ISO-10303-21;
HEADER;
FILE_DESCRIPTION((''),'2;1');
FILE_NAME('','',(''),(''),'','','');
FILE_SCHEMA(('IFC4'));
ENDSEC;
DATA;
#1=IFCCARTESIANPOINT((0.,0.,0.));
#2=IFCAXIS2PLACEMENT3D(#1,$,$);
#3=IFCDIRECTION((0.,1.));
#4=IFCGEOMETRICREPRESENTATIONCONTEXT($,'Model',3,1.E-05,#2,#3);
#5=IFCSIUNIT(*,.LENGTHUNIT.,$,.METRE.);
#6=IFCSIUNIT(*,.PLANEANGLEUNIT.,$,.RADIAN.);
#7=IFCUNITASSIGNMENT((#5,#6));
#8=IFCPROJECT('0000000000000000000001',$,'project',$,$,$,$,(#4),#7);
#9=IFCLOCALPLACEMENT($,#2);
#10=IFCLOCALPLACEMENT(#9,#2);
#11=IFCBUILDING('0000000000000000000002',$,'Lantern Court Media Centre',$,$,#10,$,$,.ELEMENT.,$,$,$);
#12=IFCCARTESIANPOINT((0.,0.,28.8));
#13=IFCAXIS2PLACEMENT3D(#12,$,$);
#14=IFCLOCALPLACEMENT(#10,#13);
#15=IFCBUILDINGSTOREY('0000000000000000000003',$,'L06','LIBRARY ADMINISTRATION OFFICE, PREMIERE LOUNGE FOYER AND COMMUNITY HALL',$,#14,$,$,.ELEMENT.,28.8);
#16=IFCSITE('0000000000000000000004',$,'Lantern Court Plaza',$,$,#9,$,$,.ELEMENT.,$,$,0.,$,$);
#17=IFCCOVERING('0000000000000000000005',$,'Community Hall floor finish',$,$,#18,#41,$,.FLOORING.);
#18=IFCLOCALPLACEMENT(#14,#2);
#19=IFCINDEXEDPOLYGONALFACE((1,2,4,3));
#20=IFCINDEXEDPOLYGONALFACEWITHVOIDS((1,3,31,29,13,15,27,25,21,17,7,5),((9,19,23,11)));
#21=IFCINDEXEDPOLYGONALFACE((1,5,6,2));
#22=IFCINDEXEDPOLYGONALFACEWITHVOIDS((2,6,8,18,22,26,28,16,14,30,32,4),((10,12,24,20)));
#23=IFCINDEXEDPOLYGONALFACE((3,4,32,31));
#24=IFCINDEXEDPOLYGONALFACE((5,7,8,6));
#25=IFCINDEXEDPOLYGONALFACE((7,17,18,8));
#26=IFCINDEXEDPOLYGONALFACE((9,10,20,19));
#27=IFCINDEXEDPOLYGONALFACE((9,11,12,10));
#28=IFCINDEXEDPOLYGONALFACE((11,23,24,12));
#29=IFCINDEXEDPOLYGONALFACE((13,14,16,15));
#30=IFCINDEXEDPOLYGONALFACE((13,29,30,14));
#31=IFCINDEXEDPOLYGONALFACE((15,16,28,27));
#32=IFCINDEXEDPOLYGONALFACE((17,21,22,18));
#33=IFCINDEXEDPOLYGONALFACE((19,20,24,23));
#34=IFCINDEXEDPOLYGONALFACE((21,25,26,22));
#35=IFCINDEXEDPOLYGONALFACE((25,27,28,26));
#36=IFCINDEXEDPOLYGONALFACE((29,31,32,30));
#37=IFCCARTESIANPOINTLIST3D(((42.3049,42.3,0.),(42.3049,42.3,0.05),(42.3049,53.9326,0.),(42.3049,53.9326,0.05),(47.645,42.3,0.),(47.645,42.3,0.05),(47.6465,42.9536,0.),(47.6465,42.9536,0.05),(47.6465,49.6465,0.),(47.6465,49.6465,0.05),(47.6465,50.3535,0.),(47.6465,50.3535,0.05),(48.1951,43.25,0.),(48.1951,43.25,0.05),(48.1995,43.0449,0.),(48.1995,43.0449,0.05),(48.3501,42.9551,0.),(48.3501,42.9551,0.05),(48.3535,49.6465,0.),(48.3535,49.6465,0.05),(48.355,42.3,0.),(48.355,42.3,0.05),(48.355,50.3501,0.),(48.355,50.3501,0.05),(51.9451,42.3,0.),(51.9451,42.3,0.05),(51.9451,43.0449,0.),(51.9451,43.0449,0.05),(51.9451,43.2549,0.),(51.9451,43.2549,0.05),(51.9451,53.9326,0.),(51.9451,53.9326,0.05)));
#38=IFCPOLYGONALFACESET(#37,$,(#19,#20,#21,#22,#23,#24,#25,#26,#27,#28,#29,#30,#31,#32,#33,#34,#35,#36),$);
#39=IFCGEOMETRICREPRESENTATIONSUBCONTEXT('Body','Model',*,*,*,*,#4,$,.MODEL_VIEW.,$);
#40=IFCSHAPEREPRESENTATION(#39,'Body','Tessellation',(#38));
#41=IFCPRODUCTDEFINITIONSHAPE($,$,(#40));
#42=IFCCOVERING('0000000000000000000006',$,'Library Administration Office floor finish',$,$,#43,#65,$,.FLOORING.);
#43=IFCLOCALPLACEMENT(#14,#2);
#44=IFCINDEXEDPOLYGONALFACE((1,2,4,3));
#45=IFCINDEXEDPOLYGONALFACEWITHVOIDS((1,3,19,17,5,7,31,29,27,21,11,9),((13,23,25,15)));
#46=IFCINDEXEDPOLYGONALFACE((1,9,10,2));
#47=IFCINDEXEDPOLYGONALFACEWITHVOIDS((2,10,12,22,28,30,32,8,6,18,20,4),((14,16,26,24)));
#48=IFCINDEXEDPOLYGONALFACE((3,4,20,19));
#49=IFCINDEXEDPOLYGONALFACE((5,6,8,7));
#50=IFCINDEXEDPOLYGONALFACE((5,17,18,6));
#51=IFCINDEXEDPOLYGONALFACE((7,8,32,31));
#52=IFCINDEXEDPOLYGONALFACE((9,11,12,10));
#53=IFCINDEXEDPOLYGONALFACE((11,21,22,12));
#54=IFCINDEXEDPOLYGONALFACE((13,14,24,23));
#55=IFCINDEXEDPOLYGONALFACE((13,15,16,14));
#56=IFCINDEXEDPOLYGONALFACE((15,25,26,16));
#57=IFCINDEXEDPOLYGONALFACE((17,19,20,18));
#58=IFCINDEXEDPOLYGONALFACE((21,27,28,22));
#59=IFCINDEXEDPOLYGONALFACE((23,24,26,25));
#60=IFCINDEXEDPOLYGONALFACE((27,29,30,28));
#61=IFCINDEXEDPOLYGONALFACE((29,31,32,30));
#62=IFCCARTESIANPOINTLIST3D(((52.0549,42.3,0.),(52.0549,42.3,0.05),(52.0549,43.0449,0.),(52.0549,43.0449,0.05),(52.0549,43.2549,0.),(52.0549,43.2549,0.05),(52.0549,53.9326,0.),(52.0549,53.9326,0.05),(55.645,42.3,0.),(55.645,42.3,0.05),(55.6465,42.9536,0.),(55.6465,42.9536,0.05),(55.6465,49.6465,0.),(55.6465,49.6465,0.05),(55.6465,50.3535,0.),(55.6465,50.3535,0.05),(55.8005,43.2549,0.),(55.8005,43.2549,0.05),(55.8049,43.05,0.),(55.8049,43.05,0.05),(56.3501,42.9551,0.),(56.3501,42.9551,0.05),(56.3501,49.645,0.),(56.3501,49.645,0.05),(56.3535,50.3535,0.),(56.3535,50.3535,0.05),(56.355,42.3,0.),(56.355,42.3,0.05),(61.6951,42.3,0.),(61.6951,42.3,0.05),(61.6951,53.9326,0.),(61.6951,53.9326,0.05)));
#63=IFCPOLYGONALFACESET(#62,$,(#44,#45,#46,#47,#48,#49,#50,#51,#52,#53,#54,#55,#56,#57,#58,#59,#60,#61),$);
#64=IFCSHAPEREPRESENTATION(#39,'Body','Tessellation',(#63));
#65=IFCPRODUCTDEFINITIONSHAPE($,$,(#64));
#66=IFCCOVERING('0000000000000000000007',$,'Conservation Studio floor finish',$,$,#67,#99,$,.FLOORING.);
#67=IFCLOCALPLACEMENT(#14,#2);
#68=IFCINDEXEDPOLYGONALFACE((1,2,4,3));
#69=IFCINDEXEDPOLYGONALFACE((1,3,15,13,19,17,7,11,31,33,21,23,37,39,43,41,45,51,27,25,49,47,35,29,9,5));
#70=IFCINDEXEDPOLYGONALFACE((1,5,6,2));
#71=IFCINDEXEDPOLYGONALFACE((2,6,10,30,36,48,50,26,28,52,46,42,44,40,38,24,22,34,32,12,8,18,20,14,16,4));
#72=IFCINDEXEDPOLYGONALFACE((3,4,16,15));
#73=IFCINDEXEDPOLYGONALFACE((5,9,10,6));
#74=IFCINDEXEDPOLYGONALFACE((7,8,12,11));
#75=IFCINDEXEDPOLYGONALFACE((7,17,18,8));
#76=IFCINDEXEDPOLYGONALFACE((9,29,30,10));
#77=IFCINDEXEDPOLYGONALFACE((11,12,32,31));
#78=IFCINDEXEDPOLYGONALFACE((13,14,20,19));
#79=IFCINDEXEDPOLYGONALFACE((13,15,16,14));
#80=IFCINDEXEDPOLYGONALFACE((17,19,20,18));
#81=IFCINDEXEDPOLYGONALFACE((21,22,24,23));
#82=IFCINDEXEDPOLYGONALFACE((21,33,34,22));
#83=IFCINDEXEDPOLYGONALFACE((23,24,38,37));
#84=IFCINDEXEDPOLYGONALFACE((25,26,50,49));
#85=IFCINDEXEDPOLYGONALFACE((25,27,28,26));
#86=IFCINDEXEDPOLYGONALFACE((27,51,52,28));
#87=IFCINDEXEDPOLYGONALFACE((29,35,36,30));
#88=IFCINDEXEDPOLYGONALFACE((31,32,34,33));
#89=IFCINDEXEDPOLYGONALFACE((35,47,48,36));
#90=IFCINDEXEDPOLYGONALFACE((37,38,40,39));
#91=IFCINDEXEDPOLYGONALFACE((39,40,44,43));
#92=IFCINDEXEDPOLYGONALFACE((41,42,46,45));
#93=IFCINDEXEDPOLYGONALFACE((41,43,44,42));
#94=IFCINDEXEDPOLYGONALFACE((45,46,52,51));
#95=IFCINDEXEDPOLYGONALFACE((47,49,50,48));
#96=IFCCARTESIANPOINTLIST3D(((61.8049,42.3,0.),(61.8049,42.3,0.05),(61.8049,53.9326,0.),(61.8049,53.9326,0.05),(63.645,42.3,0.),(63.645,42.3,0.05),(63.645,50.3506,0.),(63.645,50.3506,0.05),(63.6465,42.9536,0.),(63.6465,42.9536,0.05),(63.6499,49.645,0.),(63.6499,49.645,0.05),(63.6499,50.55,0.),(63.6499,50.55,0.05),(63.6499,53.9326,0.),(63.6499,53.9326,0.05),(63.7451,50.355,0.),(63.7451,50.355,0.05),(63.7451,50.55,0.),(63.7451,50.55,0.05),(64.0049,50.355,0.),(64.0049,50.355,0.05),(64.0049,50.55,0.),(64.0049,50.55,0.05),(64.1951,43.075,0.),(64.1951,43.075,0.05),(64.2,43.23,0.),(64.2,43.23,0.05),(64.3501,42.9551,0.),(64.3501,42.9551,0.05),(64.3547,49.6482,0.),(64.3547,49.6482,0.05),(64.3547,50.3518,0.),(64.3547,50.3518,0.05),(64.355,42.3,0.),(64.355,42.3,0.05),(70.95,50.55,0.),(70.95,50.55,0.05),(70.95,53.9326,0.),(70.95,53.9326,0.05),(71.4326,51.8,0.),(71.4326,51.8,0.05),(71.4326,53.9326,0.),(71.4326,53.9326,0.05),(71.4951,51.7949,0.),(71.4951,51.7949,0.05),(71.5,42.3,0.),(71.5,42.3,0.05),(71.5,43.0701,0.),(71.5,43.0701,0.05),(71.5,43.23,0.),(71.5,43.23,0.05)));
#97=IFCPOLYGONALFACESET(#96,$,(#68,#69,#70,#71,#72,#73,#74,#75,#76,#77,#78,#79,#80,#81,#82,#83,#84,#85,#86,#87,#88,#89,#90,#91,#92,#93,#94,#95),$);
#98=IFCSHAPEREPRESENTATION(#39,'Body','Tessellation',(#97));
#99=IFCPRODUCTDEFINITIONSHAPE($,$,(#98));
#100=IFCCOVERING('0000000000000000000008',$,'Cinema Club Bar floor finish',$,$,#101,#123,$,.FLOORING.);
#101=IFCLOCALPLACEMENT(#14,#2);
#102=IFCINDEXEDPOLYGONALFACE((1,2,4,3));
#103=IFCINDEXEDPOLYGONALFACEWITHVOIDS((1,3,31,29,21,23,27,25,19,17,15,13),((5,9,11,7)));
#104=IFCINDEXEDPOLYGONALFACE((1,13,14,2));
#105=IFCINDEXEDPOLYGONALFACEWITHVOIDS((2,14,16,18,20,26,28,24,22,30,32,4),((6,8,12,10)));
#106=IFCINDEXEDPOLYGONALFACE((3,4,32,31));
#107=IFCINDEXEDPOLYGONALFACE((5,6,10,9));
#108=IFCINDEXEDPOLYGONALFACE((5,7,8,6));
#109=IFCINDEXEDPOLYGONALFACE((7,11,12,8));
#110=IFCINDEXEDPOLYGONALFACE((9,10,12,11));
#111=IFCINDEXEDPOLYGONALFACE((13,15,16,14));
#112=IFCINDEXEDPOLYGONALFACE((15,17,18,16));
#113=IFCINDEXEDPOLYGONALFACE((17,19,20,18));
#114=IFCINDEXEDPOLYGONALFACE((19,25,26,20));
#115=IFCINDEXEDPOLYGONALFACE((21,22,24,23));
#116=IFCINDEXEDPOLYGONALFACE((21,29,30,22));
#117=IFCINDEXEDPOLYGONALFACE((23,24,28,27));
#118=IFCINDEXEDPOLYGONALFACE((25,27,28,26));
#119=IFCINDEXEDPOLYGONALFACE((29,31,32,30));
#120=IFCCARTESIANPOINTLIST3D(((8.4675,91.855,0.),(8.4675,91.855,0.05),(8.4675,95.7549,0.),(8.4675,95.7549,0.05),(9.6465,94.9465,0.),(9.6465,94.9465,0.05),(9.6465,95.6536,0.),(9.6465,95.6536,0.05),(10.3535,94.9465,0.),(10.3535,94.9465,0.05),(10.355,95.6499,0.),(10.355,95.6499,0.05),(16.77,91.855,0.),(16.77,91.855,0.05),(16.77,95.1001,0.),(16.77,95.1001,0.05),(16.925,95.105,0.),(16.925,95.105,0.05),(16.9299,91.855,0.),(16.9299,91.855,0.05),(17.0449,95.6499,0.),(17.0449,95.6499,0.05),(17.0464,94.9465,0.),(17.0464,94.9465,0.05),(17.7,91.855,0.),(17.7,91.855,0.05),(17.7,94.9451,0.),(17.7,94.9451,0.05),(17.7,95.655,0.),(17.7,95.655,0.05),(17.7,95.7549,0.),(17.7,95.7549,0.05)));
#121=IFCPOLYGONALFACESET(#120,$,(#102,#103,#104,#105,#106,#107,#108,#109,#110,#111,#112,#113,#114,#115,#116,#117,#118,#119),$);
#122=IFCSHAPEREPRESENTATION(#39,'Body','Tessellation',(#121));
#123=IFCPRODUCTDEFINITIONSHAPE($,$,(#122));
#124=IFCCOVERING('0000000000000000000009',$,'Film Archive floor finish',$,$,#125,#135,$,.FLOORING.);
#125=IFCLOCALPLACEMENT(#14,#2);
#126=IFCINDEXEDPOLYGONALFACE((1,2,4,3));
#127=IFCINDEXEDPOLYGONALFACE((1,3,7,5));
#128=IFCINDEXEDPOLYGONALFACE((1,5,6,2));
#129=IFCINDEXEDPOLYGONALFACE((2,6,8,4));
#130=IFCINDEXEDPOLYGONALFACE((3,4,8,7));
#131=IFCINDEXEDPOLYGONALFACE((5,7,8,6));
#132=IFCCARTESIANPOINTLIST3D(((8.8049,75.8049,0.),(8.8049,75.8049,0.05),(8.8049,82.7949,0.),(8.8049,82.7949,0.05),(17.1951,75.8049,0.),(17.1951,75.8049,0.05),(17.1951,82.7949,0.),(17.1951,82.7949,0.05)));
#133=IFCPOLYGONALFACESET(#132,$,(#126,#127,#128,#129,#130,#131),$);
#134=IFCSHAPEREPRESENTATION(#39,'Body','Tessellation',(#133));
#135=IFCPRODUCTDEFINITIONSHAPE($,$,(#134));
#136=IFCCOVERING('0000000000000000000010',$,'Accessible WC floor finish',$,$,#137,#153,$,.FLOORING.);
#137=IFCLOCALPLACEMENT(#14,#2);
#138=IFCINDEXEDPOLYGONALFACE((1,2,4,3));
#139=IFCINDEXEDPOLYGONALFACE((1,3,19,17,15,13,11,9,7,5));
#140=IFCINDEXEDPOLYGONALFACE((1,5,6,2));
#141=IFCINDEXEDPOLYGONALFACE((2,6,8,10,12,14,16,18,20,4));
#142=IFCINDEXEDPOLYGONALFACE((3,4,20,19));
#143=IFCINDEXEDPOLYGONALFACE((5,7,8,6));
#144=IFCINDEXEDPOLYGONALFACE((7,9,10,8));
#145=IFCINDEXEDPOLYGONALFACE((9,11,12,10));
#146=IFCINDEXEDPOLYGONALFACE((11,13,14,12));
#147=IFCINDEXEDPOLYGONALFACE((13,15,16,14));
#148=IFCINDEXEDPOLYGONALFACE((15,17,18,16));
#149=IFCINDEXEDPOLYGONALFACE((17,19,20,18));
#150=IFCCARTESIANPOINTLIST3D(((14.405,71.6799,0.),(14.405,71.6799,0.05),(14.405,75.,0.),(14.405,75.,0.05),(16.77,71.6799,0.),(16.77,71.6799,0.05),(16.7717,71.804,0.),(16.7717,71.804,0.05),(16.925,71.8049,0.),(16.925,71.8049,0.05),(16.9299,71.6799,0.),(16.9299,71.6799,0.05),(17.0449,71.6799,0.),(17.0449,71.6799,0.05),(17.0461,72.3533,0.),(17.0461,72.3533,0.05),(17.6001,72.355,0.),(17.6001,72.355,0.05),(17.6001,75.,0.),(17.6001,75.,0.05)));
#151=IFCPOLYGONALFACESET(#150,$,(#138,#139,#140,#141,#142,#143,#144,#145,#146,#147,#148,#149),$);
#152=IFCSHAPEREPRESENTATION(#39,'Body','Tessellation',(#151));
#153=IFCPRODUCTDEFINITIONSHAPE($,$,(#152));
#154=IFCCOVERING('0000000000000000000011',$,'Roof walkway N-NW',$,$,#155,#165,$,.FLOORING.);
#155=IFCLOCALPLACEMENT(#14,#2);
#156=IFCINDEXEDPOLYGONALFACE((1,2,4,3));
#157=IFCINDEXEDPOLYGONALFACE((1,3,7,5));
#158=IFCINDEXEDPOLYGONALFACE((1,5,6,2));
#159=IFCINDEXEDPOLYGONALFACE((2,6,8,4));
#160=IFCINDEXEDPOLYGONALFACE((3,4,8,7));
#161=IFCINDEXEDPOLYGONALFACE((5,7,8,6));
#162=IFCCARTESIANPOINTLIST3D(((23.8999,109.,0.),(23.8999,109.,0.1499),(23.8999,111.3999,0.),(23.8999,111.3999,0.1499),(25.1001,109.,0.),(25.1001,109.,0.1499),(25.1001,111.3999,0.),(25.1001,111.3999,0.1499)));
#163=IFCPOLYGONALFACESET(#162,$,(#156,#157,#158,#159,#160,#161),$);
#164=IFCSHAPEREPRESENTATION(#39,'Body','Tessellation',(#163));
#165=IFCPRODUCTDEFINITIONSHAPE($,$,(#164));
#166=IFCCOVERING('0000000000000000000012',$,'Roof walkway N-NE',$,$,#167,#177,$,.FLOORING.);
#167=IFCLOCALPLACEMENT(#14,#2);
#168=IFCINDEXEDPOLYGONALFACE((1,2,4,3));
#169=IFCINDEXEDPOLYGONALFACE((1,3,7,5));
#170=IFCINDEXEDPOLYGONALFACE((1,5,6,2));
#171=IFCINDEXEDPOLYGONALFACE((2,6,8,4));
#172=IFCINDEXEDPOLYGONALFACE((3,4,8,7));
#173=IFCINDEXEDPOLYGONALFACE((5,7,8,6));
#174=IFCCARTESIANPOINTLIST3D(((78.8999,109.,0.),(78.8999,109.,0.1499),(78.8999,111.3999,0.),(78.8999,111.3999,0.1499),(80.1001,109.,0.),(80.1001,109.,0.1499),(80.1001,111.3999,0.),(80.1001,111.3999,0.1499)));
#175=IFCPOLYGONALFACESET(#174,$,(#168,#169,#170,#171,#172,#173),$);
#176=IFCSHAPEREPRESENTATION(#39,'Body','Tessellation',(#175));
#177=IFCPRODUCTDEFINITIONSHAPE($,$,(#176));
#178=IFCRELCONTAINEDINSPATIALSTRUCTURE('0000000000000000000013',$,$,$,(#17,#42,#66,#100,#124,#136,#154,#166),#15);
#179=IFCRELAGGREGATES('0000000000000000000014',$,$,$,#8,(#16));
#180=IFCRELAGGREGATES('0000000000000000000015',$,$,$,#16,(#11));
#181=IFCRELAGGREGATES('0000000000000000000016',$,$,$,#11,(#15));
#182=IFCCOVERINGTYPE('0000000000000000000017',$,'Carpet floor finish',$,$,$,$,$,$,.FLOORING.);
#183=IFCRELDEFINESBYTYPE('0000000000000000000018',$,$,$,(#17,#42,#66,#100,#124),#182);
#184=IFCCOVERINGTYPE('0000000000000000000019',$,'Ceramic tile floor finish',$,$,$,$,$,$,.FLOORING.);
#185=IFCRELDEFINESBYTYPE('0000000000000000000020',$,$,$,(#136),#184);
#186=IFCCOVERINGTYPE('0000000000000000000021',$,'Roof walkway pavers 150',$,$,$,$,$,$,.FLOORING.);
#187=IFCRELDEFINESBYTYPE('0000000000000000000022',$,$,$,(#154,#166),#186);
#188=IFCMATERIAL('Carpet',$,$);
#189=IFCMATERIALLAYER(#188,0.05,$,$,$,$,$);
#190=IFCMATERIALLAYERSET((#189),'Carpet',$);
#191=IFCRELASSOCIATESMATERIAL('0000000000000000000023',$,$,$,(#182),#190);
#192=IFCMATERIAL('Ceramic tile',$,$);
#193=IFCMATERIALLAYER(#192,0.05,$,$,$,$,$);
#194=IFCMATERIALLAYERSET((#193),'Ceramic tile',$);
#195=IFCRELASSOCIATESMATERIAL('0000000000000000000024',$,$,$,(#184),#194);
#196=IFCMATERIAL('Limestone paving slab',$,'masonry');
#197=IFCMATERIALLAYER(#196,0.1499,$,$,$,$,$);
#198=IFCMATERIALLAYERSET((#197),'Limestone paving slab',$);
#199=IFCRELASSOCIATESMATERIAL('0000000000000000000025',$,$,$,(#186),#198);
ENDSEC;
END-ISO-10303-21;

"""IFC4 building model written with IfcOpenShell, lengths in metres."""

from ifc_helpers import new_model, si_unit, direction, frame, origin, place, context, subcontext, project, spatial, polyline, outline, extrude, material, layer, layer_set, type_object, element, save


model = new_model("IFC4")

# Units and contexts
model_context = context("Model", 3, precision=1e-05, world=origin(), true_north=direction((0.0, 1.0)))
body_context = subcontext(model_context, "Body", "Model", "MODEL_VIEW")
ifc_project = project(units=[si_unit("LENGTHUNIT", "METRE"), si_unit("PLANEANGLEUNIT", "RADIAN")], contexts=[model_context])

# Site, building, storey
site_placement = place(None, origin())
site = spatial("IfcSite", under=ifc_project, at=site_placement, Name="Lantern Court Plaza", CompositionType="ELEMENT", RefElevation=0.0)
building_placement = place(site_placement, origin())
building = spatial("IfcBuilding", under=site, at=building_placement, Name="Lantern Court Media Centre", CompositionType="ELEMENT")
storey_placement = place(building_placement, frame((0.0, 0.0, 28.8)))
storey = spatial("IfcBuildingStorey", under=building, at=storey_placement, Name="L06", Description="LIBRARY ADMINISTRATION OFFICE, PREMIERE LOUNGE FOYER AND COMMUNITY HALL", CompositionType="ELEMENT", Elevation=28.8)

# Coverings
ifc_material_1 = material(Name="Carpet")
ifc_layer_1 = layer(ifc_material_1, 0.05)
ifc_layer_set_1 = layer_set([ifc_layer_1], Name="Carpet")
covering_type_1 = type_object("IfcCoveringType", Name="Carpet floor finish", PredefinedType="FLOORING", material=ifc_layer_set_1)
covering_1_placement = place(storey_placement, origin())
element("IfcCovering", 1, at=covering_1_placement, inside=storey, type_object=covering_type_1, Name="Community Hall floor finish", PredefinedType="FLOORING", context=body_context, shape_type="SweptSolid", body=[
    extrude(outline(polyline([(42.3049, 42.3), (42.3049, 53.9326), (51.9451, 53.9326), (51.9451, 43.2549), (48.1951, 43.25), (48.1995, 43.0449), (51.9451, 43.0449), (51.9451, 42.3), (48.355, 42.3), (48.3501, 42.9551), (47.6465, 42.9536), (47.645, 42.3), (42.3049, 42.3)]), holes=[polyline([(48.355, 50.3501), (47.6465, 50.3535), (47.6465, 49.6465), (48.3535, 49.6465), (48.355, 50.3501)])]), origin(), (0.0, 0.0, 1.0), 0.05),
])
covering_2_placement = place(storey_placement, origin())
element("IfcCovering", 2, at=covering_2_placement, inside=storey, type_object=covering_type_1, Name="Library Administration Office floor finish", PredefinedType="FLOORING", context=body_context, shape_type="SweptSolid", body=[
    extrude(outline(polyline([(52.0549, 42.3), (52.0549, 43.0449), (55.8049, 43.05), (55.8005, 43.2549), (52.0549, 43.2549), (52.0549, 53.9326), (61.6951, 53.9326), (61.6951, 42.3), (56.355, 42.3), (56.3501, 42.9551), (55.6465, 42.9536), (55.645, 42.3), (52.0549, 42.3)]), holes=[polyline([(56.3501, 49.645), (56.3535, 50.3535), (55.6465, 50.3535), (55.6465, 49.6465), (56.3501, 49.645)])]), origin(), (0.0, 0.0, 1.0), 0.05),
])
covering_3_placement = place(storey_placement, origin())
element("IfcCovering", 3, at=covering_3_placement, inside=storey, type_object=covering_type_1, Name="Conservation Studio floor finish", PredefinedType="FLOORING", context=body_context, shape_type="SweptSolid", body=[
    extrude(outline(polyline([(61.8049, 42.3), (61.8049, 53.9326), (63.6499, 53.9326), (63.6499, 50.55), (63.7451, 50.55), (63.7451, 50.355), (63.645, 50.3506), (63.6499, 49.645), (64.3547, 49.6482), (64.3547, 50.3518), (64.0049, 50.355), (64.0049, 50.55), (70.95, 50.55), (70.95, 53.9326), (71.4326, 53.9326), (71.4326, 51.8), (71.4951, 51.7949), (71.5, 43.23), (64.2, 43.23), (64.1951, 43.075), (71.5, 43.0701), (71.5, 42.3), (64.355, 42.3), (64.3501, 42.9551), (63.6465, 42.9536), (63.645, 42.3), (61.8049, 42.3)])), origin(), (0.0, 0.0, 1.0), 0.05),
])
covering_4_placement = place(storey_placement, origin())
element("IfcCovering", 4, at=covering_4_placement, inside=storey, type_object=covering_type_1, Name="Cinema Club Bar floor finish", PredefinedType="FLOORING", context=body_context, shape_type="SweptSolid", body=[
    extrude(outline(polyline([(17.7, 91.855), (16.9299, 91.855), (16.925, 95.105), (16.77, 95.1001), (16.77, 91.855), (8.4675, 91.855), (8.4675, 95.7549), (17.7, 95.7549), (17.7, 95.655), (17.0449, 95.6499), (17.0464, 94.9465), (17.7, 94.9451), (17.7, 91.855)]), holes=[polyline([(10.355, 95.6499), (9.6465, 95.6536), (9.6465, 94.9465), (10.3535, 94.9465), (10.355, 95.6499)])]), origin(), (0.0, 0.0, 1.0), 0.05),
])
covering_5_placement = place(storey_placement, origin())
element("IfcCovering", 5, at=covering_5_placement, inside=storey, type_object=covering_type_1, Name="Film Archive floor finish", PredefinedType="FLOORING", context=body_context, shape_type="SweptSolid", body=[
    extrude(outline(polyline([(8.8049, 82.7949), (17.1951, 82.7949), (17.1951, 75.8049), (8.8049, 75.8049), (8.8049, 82.7949)])), origin(), (0.0, 0.0, 1.0), 0.05),
])
ifc_material_2 = material(Name="Ceramic tile")
ifc_layer_2 = layer(ifc_material_2, 0.05)
ifc_layer_set_2 = layer_set([ifc_layer_2], Name="Ceramic tile")
covering_type_2 = type_object("IfcCoveringType", Name="Ceramic tile floor finish", PredefinedType="FLOORING", material=ifc_layer_set_2)
covering_6_placement = place(storey_placement, origin())
element("IfcCovering", 6, at=covering_6_placement, inside=storey, type_object=covering_type_2, Name="Accessible WC floor finish", PredefinedType="FLOORING", context=body_context, shape_type="SweptSolid", body=[
    extrude(outline(polyline([(17.6001, 75.0), (17.6001, 72.355), (17.0461, 72.3533), (17.0449, 71.6799), (16.9299, 71.6799), (16.925, 71.8049), (16.7717, 71.804), (16.77, 71.6799), (14.405, 71.6799), (14.405, 75.0), (17.6001, 75.0)])), origin(), (0.0, 0.0, 1.0), 0.05),
])
ifc_material_3 = material(Name="Limestone paving slab", Category="masonry")
ifc_layer_3 = layer(ifc_material_3, 0.1499)
ifc_layer_set_3 = layer_set([ifc_layer_3], Name="Limestone paving slab")
covering_type_3 = type_object("IfcCoveringType", Name="Roof walkway pavers 150", PredefinedType="FLOORING", material=ifc_layer_set_3)
covering_7_placement = place(storey_placement, origin())
element("IfcCovering", 7, at=covering_7_placement, inside=storey, type_object=covering_type_3, Name="Roof walkway N-NW", PredefinedType="FLOORING", context=body_context, shape_type="SweptSolid", body=[
    extrude(outline(polyline([(23.8999, 109.0), (23.8999, 111.3999), (25.1001, 111.3999), (25.1001, 109.0), (23.8999, 109.0)])), origin(), (0.0, 0.0, 1.0), 0.1499),
])
covering_8_placement = place(storey_placement, origin())
element("IfcCovering", 8, at=covering_8_placement, inside=storey, type_object=covering_type_3, Name="Roof walkway N-NE", PredefinedType="FLOORING", context=body_context, shape_type="SweptSolid", body=[
    extrude(outline(polyline([(78.8999, 109.0), (78.8999, 111.3999), (80.1001, 111.3999), (80.1001, 109.0), (78.8999, 109.0)])), origin(), (0.0, 0.0, 1.0), 0.1499),
])

save(model, "model.ifc")
